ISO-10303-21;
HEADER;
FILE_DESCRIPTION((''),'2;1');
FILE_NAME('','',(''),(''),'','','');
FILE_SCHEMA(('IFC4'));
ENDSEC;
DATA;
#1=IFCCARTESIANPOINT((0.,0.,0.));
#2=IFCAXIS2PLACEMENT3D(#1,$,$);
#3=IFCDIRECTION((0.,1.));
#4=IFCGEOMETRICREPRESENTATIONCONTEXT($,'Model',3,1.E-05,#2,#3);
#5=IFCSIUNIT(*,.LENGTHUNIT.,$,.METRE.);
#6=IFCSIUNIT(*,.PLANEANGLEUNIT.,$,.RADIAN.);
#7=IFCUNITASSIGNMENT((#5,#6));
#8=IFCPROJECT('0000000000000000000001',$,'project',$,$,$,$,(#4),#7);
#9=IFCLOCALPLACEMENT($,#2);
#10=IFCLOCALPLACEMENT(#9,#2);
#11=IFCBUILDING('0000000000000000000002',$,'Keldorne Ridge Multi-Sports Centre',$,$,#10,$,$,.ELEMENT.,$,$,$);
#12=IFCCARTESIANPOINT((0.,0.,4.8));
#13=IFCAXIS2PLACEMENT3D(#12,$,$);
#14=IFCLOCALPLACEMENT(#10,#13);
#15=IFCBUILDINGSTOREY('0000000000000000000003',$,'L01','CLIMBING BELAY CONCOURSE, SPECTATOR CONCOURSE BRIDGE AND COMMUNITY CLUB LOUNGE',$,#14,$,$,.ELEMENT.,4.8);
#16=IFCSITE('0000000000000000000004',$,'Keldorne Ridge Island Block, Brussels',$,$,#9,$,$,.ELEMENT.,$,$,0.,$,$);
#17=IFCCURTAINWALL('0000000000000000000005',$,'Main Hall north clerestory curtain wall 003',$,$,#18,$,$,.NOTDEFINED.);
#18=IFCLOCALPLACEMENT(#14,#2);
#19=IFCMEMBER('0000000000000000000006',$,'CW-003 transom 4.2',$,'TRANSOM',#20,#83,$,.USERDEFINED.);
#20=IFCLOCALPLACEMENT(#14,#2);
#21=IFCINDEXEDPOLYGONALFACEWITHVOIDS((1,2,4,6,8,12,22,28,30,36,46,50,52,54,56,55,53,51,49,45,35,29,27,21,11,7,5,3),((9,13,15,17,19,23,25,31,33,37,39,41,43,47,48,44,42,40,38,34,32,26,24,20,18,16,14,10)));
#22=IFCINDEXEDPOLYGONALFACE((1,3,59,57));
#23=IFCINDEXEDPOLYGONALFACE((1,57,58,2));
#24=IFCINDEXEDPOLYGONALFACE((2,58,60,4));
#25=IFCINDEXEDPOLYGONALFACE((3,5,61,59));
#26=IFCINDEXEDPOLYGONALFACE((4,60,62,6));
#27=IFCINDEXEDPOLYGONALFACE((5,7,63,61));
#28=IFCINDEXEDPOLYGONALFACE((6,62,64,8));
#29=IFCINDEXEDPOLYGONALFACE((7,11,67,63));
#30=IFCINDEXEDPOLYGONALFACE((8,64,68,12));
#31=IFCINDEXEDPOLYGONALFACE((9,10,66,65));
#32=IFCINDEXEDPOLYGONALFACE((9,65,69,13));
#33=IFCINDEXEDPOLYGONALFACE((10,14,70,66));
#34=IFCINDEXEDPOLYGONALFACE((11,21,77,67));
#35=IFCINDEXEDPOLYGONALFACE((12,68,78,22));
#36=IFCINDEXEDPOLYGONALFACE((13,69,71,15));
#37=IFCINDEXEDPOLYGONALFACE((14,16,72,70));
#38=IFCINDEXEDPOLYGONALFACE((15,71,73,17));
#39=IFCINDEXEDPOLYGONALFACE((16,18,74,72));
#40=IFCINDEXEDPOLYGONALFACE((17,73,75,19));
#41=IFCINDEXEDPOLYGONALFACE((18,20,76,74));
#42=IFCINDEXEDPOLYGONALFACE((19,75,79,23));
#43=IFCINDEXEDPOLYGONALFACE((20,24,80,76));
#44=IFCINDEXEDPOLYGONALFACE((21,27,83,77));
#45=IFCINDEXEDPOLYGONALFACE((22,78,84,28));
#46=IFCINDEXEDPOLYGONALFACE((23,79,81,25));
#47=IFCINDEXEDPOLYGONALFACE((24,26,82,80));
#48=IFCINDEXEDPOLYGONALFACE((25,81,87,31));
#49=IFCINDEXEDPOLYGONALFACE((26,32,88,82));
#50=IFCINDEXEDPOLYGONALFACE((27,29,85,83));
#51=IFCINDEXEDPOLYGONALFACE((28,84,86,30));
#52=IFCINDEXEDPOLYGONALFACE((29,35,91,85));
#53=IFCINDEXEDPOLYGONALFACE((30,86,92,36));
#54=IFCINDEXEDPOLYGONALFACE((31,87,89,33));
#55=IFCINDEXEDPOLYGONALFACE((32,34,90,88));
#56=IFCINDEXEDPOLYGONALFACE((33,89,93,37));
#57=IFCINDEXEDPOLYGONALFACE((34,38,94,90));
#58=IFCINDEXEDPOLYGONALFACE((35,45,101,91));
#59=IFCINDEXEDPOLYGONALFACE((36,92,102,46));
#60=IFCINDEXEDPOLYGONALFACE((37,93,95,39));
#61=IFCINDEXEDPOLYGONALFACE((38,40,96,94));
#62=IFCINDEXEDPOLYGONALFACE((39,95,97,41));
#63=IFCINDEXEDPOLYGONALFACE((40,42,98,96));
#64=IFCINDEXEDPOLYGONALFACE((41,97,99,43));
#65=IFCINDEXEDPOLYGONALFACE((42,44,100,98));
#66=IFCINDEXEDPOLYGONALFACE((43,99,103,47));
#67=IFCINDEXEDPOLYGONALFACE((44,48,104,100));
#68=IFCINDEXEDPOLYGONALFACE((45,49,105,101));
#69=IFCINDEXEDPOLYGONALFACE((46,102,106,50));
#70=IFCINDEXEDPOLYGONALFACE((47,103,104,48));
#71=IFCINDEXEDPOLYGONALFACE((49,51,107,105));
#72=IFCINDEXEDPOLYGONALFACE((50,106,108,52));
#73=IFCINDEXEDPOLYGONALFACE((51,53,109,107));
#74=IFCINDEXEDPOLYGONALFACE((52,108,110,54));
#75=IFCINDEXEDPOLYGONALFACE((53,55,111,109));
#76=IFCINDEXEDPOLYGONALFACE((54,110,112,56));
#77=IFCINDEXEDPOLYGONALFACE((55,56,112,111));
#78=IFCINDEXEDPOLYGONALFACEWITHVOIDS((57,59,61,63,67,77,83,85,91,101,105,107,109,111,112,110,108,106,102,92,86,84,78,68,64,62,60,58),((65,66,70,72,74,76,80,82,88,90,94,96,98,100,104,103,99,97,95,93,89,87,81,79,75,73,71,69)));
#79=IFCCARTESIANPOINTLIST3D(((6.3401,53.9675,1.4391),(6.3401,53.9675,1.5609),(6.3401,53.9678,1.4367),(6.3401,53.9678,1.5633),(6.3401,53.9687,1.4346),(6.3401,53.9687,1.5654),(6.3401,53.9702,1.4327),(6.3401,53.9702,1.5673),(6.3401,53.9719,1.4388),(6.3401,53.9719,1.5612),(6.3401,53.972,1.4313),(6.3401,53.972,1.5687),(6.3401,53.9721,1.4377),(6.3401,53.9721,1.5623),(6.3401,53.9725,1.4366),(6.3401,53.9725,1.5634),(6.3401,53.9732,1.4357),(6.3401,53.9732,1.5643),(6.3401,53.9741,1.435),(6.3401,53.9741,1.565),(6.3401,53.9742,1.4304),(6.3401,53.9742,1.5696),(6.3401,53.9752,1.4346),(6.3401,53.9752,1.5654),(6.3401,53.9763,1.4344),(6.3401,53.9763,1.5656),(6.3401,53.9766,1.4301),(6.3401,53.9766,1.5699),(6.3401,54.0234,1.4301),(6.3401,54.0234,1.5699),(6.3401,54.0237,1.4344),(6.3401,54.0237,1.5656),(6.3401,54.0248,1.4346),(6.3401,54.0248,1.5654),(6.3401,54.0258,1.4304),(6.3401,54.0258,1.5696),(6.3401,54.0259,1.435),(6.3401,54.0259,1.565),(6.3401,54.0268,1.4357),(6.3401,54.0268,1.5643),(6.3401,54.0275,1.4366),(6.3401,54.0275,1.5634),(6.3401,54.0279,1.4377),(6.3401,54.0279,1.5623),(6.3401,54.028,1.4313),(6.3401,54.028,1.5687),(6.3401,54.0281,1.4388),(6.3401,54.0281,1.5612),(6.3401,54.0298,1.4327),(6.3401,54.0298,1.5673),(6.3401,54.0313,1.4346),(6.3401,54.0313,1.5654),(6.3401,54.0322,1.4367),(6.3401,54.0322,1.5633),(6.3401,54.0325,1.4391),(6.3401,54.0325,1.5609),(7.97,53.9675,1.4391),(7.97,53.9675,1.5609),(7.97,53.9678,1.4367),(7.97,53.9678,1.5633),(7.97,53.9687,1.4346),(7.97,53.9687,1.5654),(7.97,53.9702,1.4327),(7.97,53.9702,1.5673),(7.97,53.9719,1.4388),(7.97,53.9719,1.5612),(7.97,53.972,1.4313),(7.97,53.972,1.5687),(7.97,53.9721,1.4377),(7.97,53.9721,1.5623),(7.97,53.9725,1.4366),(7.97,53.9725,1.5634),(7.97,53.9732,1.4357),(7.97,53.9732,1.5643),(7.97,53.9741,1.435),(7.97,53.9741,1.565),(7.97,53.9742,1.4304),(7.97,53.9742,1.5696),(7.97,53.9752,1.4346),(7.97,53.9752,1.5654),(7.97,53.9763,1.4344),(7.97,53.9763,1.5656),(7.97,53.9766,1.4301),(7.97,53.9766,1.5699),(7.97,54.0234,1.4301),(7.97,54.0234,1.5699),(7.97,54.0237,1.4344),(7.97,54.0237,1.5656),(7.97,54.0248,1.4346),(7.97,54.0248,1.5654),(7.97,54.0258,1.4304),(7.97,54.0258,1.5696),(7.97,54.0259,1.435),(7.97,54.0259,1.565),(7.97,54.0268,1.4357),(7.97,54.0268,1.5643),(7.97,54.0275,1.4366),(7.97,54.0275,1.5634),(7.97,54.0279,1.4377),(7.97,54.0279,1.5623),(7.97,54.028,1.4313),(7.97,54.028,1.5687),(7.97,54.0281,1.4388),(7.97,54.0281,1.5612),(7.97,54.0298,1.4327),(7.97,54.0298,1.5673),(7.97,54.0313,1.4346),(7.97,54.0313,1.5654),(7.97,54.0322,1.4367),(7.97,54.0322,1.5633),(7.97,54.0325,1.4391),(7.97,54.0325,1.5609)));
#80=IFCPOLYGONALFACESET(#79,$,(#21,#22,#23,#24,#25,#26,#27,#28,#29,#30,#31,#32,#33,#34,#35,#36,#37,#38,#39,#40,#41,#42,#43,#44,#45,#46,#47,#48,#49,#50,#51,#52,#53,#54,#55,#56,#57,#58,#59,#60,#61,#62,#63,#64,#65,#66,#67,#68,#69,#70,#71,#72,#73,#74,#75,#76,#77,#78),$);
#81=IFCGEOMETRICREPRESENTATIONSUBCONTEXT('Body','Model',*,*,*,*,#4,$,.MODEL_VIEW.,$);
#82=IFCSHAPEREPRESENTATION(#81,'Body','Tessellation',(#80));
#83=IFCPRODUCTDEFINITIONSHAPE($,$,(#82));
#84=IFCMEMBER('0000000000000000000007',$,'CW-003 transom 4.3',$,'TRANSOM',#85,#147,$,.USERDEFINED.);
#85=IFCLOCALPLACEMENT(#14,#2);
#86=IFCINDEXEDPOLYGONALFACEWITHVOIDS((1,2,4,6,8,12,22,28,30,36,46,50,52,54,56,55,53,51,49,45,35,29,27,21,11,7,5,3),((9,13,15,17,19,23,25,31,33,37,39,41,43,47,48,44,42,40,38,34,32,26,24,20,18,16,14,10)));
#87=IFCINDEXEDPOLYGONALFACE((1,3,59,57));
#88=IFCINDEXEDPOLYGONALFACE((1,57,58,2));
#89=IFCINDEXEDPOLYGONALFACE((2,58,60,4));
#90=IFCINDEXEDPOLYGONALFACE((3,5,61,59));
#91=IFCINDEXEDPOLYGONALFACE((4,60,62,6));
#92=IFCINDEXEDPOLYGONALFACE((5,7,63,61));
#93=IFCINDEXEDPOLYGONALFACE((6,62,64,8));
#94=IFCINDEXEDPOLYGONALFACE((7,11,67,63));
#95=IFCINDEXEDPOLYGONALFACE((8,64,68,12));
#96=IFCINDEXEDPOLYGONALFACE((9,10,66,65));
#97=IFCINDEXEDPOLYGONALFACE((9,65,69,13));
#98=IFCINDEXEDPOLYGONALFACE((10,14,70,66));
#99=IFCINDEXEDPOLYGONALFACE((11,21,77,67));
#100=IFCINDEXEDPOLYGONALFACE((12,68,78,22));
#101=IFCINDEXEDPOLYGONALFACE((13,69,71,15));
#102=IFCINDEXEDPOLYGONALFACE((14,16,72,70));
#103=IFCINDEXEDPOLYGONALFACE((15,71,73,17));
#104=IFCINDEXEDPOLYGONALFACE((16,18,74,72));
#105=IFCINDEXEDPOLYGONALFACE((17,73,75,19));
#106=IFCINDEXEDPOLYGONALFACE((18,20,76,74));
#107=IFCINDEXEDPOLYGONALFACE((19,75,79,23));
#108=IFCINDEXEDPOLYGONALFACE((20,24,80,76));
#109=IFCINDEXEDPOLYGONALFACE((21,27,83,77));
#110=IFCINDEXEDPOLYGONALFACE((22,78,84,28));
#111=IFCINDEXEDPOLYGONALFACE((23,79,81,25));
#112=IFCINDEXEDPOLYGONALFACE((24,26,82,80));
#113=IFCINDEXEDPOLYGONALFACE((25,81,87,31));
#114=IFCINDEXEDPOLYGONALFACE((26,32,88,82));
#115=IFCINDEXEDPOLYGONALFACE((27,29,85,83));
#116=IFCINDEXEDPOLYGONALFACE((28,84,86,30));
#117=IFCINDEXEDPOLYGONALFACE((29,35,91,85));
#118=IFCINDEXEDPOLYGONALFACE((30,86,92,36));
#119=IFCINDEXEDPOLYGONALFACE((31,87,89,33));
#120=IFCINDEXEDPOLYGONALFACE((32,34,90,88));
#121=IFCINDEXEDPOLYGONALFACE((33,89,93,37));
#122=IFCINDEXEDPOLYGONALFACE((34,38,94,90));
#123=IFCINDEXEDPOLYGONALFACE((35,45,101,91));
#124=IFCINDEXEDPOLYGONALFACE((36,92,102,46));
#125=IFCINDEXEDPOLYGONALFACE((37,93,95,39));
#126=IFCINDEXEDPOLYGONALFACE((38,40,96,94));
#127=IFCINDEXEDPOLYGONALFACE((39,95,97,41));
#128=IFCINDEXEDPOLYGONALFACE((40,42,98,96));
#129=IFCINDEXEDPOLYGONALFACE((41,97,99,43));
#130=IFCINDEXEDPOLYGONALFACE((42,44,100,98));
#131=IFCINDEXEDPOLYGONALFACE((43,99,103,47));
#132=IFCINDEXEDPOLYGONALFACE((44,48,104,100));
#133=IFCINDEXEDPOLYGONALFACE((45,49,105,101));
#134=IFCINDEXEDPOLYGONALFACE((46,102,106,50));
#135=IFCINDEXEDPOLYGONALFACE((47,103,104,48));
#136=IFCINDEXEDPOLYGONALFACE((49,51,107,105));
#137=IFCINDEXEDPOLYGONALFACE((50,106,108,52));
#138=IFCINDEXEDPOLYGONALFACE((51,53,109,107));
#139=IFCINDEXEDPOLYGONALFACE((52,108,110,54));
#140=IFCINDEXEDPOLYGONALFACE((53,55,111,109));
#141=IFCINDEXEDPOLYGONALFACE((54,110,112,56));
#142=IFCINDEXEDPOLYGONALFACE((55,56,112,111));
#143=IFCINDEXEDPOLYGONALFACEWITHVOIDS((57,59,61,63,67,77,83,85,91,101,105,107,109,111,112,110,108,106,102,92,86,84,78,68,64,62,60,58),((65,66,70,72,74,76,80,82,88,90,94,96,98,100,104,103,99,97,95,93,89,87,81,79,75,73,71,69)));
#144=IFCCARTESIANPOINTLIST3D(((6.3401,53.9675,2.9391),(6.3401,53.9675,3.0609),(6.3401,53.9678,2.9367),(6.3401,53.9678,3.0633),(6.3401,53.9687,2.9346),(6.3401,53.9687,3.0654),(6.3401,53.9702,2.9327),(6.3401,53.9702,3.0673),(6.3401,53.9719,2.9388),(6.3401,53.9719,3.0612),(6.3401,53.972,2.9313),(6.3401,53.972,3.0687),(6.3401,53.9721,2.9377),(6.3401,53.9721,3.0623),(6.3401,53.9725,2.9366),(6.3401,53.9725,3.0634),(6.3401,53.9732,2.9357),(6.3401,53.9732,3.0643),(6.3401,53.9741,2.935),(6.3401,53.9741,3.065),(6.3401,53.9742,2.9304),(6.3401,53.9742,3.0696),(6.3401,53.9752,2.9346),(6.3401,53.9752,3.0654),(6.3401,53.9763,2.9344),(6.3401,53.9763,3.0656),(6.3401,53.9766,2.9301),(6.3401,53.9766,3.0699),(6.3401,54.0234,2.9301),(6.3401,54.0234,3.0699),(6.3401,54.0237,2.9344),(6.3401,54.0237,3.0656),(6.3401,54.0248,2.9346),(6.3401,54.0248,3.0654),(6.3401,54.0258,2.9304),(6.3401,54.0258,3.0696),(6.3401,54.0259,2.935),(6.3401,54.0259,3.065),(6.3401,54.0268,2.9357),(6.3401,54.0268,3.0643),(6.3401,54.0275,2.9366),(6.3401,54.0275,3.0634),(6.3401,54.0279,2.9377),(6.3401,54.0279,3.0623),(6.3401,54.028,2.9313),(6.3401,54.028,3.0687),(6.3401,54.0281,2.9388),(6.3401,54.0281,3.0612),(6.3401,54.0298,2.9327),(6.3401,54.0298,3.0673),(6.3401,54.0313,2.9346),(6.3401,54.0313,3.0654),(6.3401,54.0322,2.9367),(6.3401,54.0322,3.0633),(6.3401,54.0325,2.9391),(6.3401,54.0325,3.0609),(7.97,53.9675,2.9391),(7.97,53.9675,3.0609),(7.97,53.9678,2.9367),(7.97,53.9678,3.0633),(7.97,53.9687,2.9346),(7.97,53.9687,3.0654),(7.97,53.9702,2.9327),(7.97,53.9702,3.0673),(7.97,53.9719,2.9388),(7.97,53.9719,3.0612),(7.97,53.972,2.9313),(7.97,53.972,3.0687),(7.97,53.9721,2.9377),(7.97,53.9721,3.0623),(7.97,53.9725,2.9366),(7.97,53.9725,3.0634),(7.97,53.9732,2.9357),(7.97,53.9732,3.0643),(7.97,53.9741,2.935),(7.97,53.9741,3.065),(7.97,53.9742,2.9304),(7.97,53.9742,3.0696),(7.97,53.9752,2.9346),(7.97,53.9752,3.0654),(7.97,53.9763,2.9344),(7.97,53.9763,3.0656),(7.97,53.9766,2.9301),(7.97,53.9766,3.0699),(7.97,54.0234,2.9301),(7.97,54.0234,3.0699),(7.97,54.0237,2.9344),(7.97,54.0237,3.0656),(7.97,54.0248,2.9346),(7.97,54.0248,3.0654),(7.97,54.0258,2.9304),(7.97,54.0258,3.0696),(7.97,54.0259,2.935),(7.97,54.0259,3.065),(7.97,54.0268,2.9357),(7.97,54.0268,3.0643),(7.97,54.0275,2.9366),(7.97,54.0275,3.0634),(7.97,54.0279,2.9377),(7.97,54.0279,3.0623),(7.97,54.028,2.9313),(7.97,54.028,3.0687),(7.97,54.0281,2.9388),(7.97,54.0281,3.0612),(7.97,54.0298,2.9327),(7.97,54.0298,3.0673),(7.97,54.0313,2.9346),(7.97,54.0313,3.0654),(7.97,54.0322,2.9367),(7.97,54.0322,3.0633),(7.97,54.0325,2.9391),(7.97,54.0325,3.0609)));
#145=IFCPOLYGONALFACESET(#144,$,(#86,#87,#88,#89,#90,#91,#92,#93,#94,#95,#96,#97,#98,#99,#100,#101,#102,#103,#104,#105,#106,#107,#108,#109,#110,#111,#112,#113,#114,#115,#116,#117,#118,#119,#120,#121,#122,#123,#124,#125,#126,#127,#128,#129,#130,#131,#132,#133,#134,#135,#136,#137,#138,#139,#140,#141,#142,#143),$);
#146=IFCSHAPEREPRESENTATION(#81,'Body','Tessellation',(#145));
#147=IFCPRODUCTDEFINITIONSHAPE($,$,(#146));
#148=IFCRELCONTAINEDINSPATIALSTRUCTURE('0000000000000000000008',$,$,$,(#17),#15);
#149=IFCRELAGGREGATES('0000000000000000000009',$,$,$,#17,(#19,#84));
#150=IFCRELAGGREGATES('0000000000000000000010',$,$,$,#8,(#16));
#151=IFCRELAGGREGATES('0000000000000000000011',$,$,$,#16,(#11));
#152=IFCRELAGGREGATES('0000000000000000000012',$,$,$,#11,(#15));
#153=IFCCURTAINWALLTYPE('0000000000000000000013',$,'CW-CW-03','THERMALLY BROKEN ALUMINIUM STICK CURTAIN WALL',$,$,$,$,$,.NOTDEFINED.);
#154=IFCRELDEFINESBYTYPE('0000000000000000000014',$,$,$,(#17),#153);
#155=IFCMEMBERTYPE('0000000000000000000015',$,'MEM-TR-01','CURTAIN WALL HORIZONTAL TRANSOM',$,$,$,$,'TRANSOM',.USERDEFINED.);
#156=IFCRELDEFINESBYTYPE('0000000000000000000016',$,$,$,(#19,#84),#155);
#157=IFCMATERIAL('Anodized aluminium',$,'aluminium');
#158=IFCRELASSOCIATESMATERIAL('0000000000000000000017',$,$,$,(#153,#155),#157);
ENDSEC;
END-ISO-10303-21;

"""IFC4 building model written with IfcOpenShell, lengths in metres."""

from ifc_helpers import new_model, si_unit, direction, frame, origin, origin_2d, place, context, subcontext, project, spatial, hollow_rectangle, extrude, material, material_profile, profile_set, type_object, element, aggregate, save


model = new_model("IFC4")

# Units and contexts
model_context = context("Model", 3, precision=1e-05, world=origin(), true_north=direction((0.0, 1.0)))
body_context = subcontext(model_context, "Body", "Model", "MODEL_VIEW")
ifc_project = project(units=[si_unit("LENGTHUNIT", "METRE"), si_unit("PLANEANGLEUNIT", "RADIAN")], contexts=[model_context])

# Site, building, storey
site_placement = place(None, origin())
site = spatial("IfcSite", under=ifc_project, at=site_placement, Name="Keldorne Ridge Island Block, Brussels", CompositionType="ELEMENT", RefElevation=0.0)
building_placement = place(site_placement, origin())
building = spatial("IfcBuilding", under=site, at=building_placement, Name="Keldorne Ridge Multi-Sports Centre", CompositionType="ELEMENT")
storey_placement = place(building_placement, frame((0.0, 0.0, 4.8)))
storey = spatial("IfcBuildingStorey", under=building, at=storey_placement, Name="L01", Description="CLIMBING BELAY CONCOURSE, SPECTATOR CONCOURSE BRIDGE AND COMMUNITY CLUB LOUNGE", CompositionType="ELEMENT", Elevation=4.8)

# Curtain wall, members
ifc_material_1 = material(Name="Anodized aluminium", Category="aluminium")
curtain_wall_type = type_object("IfcCurtainWallType", Name="CW-CW-03", Description="THERMALLY BROKEN ALUMINIUM STICK CURTAIN WALL", PredefinedType="NOTDEFINED", material=ifc_material_1)
curtain_wall_placement = place(storey_placement, origin())
curtain_wall = element("IfcCurtainWall", 1, at=curtain_wall_placement, inside=storey, type_object=curtain_wall_type, Name="Main Hall north clerestory curtain wall 003", PredefinedType="NOTDEFINED")
ifc_material_profile_1 = material_profile(ifc_material_1, hollow_rectangle(XDim=0.0649, YDim=0.1399, WallThickness=0.0044, InnerFilletRadius=0.0044, OuterFilletRadius=0.009, at=origin_2d()), Name="ALU TRANSOM 140x65x4.5")
ifc_profile_set_1 = profile_set([ifc_material_profile_1], Name="Anodized aluminium")
member_type_1 = type_object("IfcMemberType", Name="MEM-TR-01", Description="CURTAIN WALL HORIZONTAL TRANSOM", ElementType="TRANSOM", PredefinedType="USERDEFINED", material=ifc_profile_set_1)
member_1_placement = place(storey_placement, frame((7.97, 54.0, 1.5), z_axis=(-1.0, 0.0, 0.0), x_axis=(0.0, -1.0, 0.0)))
member_1 = element("IfcMember", 2, at=member_1_placement, type_object=member_type_1, Name="CW-003 transom 4.2", ObjectType="TRANSOM", PredefinedType="USERDEFINED", context=body_context, shape_type="SweptSolid", body=[
    extrude(hollow_rectangle(XDim=0.0649, YDim=0.1399, WallThickness=0.0044, InnerFilletRadius=0.0044, OuterFilletRadius=0.009, at=origin_2d()), origin(), (0.0, 0.0, 1.0), 1.6299),
])
member_2_placement = place(storey_placement, frame((7.97, 54.0, 3.0), z_axis=(-1.0, 0.0, 0.0), x_axis=(0.0, -1.0, 0.0)))
member_2 = element("IfcMember", 3, at=member_2_placement, type_object=member_type_1, Name="CW-003 transom 4.3", ObjectType="TRANSOM", PredefinedType="USERDEFINED", context=body_context, shape_type="SweptSolid", body=[
    extrude(hollow_rectangle(XDim=0.0649, YDim=0.1399, WallThickness=0.0044, InnerFilletRadius=0.0044, OuterFilletRadius=0.009, at=origin_2d()), origin(), (0.0, 0.0, 1.0), 1.6299),
])
aggregate(curtain_wall, [member_1, member_2])

save(model, "model.ifc")
